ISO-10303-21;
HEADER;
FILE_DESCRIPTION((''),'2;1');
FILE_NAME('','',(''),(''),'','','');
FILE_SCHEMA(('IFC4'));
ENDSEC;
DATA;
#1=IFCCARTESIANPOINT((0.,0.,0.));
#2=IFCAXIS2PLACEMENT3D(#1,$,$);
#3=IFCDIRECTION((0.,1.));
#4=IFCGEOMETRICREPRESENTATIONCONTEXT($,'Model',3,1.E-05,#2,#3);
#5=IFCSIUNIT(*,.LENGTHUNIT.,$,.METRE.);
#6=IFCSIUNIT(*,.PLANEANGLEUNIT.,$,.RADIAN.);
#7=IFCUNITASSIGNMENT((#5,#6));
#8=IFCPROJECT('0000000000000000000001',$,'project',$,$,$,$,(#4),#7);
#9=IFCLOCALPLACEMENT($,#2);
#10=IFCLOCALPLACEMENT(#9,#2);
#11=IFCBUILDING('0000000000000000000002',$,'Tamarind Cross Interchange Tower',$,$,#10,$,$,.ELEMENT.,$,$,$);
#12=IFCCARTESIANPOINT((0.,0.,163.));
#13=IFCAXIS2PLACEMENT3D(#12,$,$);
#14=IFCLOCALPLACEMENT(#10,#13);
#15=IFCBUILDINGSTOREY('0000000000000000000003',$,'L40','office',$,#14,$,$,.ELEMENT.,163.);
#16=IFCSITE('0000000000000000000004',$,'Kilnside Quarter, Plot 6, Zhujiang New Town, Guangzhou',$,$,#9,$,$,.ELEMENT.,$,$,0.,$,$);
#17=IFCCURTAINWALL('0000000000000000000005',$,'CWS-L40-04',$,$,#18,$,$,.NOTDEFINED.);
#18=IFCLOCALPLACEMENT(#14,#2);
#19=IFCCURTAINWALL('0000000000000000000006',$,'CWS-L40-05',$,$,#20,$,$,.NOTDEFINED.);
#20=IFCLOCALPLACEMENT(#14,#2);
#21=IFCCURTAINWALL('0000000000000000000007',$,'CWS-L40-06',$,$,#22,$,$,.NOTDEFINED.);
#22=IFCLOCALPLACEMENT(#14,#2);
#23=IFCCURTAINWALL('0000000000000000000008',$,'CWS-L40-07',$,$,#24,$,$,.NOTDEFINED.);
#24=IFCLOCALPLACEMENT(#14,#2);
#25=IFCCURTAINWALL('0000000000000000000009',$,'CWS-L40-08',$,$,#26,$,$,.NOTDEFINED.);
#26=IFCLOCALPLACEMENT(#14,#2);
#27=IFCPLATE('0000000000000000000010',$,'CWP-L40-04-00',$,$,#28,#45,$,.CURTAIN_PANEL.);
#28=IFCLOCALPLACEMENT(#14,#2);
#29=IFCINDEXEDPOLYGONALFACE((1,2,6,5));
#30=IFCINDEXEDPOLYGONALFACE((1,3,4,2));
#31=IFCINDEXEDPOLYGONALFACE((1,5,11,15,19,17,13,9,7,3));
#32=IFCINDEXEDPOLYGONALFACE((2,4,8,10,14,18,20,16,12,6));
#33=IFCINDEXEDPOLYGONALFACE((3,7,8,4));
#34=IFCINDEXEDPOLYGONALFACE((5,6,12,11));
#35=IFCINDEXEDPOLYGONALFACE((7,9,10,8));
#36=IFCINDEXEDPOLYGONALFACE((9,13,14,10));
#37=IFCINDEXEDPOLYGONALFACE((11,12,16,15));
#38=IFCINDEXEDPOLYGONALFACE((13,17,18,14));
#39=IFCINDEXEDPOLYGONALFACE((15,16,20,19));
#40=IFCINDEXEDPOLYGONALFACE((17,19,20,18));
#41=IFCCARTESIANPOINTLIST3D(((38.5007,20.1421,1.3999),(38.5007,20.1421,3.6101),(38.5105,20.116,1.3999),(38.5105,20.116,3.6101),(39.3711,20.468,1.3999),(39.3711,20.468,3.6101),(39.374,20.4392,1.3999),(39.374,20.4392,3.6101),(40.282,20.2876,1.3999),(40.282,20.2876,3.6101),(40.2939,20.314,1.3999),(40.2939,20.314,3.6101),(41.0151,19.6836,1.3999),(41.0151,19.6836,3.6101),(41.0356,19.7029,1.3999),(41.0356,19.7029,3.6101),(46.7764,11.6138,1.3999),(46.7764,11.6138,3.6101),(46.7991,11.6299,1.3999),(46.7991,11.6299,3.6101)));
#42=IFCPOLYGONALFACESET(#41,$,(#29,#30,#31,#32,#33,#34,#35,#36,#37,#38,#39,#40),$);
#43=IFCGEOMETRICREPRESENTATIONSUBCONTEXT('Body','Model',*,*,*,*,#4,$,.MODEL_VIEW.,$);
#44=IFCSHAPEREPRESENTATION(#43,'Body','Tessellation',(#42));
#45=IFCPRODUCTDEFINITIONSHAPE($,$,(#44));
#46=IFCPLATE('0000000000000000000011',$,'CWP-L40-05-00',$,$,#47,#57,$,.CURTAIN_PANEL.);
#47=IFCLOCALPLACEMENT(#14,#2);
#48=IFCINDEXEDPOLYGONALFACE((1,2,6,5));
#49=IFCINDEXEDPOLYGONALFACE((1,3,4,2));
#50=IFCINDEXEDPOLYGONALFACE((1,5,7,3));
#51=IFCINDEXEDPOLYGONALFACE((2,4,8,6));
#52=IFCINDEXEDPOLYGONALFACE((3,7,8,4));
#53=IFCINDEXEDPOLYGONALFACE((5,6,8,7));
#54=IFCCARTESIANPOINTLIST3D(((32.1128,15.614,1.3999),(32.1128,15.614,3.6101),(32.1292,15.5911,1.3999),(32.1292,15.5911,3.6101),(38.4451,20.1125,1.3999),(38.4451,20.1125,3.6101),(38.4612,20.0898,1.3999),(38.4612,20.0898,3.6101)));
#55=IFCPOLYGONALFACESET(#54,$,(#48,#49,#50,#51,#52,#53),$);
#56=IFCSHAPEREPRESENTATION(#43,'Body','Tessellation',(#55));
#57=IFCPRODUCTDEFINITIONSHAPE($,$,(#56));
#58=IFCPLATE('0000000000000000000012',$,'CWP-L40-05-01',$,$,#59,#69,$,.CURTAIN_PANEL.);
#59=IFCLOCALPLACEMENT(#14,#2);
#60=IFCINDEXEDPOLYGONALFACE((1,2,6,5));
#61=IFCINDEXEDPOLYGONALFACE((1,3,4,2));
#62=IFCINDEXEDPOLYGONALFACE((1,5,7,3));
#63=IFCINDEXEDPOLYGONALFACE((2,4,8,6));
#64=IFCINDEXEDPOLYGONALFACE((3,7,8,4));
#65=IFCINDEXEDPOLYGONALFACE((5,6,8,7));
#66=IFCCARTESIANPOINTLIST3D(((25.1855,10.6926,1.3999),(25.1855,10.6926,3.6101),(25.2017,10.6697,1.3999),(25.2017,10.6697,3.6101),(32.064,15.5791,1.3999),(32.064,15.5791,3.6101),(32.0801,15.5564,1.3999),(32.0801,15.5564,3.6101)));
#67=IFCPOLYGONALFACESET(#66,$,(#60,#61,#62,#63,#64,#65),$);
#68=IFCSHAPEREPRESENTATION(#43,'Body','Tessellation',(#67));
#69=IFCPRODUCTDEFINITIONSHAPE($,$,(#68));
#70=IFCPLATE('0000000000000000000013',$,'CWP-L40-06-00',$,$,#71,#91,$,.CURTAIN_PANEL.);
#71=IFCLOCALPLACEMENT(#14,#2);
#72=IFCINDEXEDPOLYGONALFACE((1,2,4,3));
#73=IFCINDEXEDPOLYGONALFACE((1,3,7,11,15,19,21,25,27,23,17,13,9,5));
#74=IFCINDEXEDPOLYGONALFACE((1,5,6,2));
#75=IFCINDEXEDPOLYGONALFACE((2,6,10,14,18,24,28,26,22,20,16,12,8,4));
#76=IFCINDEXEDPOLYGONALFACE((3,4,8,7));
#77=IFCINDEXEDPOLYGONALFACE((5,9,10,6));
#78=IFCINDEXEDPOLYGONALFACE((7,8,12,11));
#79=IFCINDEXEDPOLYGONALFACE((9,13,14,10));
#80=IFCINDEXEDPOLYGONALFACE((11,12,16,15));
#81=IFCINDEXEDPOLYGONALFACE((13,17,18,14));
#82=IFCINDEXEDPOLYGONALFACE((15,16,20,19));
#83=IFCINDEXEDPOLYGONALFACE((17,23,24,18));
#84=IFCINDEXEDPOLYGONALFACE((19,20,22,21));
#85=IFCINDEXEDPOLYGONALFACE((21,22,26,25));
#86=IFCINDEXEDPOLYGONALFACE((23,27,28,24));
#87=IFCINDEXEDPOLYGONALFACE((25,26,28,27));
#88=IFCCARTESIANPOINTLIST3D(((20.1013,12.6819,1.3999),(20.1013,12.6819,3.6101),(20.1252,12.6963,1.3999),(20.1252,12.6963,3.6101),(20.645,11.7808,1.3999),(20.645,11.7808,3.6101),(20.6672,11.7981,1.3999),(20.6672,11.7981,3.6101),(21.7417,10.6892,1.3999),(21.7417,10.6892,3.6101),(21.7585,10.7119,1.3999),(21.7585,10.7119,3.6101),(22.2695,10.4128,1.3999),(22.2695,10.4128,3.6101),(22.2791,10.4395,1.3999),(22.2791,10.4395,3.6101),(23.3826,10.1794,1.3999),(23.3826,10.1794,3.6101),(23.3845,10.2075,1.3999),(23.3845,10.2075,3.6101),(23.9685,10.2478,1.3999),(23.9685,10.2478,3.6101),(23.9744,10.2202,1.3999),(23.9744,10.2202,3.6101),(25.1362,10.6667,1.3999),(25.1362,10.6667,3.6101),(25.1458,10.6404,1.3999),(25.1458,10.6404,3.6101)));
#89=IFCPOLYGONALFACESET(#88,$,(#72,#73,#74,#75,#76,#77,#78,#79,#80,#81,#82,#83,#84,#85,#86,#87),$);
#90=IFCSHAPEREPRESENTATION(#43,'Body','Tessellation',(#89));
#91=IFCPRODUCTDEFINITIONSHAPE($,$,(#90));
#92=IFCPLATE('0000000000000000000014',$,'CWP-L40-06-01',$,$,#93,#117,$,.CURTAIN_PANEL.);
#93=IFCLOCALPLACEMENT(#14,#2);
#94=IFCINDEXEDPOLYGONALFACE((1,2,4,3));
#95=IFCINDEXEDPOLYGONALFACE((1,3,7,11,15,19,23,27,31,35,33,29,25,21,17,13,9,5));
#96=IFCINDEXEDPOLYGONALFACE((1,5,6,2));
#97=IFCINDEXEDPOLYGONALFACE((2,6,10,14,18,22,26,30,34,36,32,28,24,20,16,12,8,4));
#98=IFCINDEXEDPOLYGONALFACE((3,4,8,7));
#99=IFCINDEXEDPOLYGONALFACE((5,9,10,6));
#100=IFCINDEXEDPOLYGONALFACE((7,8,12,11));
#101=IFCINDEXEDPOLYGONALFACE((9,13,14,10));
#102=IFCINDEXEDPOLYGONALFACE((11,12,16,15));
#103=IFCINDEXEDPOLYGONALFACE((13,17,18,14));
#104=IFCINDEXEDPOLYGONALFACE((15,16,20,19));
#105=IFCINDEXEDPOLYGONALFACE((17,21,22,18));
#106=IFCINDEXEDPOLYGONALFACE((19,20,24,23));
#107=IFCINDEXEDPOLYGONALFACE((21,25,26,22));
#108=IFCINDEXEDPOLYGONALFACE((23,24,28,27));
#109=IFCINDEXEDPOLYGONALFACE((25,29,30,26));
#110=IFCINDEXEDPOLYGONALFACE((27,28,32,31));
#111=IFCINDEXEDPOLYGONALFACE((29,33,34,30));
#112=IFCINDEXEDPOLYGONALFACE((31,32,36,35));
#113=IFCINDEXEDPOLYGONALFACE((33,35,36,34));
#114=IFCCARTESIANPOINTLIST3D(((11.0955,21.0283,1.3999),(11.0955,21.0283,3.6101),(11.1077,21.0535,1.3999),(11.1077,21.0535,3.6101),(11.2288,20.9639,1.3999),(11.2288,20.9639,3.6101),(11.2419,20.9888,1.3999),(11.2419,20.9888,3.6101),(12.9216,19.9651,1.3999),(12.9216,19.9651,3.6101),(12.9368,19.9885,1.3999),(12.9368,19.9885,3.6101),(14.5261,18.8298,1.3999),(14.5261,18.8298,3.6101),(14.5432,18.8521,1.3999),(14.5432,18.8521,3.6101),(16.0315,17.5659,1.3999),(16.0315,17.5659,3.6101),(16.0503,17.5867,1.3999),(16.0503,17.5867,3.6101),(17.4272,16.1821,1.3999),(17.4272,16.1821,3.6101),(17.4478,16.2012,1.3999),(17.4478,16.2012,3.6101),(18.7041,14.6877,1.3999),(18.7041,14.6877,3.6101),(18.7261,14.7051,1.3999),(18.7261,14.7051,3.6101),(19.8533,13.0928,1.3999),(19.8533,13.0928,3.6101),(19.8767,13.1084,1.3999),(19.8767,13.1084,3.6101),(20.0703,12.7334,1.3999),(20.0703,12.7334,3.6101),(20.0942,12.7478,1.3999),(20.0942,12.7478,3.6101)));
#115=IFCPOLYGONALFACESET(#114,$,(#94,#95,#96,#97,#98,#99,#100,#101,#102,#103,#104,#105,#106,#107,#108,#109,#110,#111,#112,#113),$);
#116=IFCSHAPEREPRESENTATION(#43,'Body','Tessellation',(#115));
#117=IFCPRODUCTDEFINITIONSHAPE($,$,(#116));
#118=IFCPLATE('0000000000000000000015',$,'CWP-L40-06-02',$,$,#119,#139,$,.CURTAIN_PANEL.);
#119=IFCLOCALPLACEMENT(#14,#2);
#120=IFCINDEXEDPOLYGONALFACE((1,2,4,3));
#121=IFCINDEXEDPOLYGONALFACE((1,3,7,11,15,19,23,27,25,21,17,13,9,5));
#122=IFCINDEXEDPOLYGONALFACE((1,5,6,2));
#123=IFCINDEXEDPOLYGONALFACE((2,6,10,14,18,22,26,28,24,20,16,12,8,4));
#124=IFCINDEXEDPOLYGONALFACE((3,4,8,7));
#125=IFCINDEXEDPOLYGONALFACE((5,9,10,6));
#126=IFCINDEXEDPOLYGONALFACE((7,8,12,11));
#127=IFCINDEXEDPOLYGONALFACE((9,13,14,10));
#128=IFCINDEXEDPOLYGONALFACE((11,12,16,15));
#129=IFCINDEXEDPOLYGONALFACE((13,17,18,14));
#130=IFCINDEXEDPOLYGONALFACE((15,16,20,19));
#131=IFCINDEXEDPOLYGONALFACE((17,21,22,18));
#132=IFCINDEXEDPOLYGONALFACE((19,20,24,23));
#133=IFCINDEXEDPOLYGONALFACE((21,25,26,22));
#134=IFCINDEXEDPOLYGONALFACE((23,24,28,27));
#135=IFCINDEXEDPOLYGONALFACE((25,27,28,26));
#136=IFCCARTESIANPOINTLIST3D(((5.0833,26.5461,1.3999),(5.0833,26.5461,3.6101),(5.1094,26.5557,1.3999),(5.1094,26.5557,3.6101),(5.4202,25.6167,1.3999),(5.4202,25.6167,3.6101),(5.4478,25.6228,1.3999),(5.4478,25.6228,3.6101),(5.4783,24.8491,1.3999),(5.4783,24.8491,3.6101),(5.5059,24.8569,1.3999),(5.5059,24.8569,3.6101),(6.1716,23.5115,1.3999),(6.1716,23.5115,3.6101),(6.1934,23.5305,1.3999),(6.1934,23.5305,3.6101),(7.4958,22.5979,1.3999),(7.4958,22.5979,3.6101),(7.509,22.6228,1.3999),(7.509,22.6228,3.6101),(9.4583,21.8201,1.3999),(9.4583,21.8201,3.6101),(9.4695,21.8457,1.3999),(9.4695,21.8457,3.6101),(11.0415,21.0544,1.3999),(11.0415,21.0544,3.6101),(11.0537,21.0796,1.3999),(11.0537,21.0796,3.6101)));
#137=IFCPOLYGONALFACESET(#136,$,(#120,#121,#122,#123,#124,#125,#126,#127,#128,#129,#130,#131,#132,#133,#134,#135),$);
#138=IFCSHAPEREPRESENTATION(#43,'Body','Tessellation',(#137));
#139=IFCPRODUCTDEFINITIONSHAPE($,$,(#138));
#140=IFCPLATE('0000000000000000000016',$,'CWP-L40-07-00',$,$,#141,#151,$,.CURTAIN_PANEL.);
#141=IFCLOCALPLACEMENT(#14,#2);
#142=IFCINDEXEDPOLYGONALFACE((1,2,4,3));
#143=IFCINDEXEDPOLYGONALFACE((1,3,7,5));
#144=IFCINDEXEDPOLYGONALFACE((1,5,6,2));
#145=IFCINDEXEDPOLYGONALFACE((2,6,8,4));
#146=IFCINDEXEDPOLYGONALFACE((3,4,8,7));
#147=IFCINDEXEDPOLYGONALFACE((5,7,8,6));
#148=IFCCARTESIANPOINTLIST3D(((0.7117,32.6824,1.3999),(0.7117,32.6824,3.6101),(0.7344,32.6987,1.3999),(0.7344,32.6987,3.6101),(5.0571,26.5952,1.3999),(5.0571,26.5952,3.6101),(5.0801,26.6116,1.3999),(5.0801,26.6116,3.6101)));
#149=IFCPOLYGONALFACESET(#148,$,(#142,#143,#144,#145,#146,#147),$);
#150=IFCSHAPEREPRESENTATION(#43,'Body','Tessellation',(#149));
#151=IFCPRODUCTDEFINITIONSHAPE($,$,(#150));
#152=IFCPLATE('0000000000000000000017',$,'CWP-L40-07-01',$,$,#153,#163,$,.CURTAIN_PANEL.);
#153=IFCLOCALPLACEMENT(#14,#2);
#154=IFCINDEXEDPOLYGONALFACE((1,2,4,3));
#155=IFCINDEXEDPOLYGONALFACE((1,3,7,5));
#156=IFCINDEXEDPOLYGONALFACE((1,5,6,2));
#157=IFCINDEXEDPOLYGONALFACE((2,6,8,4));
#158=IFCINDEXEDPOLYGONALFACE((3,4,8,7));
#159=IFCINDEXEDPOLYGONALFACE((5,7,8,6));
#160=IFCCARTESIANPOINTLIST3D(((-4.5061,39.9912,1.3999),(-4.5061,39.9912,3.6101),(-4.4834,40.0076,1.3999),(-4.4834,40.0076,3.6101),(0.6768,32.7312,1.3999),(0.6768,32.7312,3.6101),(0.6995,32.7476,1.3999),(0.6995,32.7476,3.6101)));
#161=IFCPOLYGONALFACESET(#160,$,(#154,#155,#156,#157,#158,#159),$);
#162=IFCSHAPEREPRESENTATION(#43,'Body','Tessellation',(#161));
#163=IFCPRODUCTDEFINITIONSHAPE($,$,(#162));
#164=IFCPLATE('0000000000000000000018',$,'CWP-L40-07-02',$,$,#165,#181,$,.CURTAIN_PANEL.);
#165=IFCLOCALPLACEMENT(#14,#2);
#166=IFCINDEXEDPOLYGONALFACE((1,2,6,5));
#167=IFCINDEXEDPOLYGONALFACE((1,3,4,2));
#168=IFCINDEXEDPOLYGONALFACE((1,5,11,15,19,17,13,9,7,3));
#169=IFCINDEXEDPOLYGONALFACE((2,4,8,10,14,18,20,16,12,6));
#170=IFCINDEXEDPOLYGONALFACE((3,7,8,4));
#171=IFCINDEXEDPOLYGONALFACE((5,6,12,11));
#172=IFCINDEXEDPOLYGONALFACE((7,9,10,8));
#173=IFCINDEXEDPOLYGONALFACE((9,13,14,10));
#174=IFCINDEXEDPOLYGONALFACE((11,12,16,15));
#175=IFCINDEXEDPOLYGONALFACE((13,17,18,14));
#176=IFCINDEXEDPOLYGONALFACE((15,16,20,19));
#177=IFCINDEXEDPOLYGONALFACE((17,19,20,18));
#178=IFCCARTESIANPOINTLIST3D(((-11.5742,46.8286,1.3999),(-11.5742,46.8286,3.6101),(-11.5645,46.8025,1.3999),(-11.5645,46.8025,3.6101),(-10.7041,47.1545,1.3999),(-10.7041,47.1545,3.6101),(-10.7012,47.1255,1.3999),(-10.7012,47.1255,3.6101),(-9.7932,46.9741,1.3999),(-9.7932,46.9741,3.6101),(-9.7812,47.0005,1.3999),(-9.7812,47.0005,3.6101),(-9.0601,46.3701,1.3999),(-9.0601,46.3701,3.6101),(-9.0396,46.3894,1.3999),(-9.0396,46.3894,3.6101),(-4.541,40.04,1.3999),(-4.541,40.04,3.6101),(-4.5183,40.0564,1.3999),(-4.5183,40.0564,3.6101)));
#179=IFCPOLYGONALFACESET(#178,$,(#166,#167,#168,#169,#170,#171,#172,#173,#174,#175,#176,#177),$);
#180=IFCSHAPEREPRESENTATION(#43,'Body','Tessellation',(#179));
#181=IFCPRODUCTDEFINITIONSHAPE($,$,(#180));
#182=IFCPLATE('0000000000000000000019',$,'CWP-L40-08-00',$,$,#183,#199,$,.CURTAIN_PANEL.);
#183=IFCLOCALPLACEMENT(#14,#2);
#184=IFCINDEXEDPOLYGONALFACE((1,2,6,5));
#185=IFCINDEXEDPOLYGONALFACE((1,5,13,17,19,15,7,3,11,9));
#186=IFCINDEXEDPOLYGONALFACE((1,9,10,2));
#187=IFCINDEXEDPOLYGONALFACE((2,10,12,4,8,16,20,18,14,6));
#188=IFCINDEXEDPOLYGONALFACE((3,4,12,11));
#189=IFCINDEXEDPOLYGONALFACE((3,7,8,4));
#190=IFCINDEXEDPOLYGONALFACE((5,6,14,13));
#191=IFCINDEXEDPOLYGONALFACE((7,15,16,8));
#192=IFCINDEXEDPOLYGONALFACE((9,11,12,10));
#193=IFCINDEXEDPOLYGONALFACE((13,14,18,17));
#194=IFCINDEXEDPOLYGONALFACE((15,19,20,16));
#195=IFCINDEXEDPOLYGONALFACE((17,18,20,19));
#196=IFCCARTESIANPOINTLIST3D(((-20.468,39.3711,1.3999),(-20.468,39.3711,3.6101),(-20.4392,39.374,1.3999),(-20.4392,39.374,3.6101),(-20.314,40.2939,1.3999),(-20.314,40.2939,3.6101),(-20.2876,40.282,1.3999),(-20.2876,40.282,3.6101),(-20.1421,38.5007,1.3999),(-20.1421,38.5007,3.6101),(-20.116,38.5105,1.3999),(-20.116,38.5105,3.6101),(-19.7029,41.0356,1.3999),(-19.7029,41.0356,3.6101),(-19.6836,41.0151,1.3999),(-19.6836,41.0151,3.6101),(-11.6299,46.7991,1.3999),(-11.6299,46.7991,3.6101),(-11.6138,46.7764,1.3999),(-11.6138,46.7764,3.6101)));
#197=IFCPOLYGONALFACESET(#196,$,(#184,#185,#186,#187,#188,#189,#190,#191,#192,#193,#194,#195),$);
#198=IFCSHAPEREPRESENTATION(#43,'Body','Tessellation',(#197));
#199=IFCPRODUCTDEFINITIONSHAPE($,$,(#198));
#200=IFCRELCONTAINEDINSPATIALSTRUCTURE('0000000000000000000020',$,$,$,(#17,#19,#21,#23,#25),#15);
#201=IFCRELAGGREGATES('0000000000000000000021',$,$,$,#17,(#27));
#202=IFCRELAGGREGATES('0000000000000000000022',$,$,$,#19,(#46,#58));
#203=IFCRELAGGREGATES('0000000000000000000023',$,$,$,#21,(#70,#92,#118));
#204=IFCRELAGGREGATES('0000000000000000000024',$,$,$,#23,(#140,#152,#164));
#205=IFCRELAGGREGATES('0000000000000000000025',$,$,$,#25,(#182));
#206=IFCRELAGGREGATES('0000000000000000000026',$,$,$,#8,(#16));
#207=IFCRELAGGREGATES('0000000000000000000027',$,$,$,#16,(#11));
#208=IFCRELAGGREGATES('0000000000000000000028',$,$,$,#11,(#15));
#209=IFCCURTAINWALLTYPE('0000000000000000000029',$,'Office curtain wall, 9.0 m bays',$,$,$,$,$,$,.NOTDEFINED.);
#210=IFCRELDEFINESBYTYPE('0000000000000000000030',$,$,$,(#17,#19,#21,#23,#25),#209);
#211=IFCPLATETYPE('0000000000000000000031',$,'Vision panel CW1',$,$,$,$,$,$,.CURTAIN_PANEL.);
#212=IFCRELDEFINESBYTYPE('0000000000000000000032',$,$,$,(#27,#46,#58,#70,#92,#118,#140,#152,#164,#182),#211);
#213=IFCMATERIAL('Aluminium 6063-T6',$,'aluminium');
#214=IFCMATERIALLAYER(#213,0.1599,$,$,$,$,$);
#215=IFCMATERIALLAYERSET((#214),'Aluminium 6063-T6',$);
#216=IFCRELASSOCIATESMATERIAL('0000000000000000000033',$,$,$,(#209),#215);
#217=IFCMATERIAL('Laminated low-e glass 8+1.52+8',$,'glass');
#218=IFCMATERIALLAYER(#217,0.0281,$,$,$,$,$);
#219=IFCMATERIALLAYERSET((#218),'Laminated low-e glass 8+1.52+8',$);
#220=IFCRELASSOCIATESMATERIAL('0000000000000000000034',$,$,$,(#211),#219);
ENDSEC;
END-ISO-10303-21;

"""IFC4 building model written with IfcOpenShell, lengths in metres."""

from ifc_helpers import new_model, si_unit, direction, frame, origin, place, context, subcontext, project, spatial, polyline, outline, extrude, material, layer, layer_set, type_object, element, aggregate, save


model = new_model("IFC4")

# Units and contexts
model_context = context("Model", 3, precision=1e-05, world=origin(), true_north=direction((0.0, 1.0)))
body_context = subcontext(model_context, "Body", "Model", "MODEL_VIEW")
ifc_project = project(units=[si_unit("LENGTHUNIT", "METRE"), si_unit("PLANEANGLEUNIT", "RADIAN")], contexts=[model_context])

# Site, building, storey
site_placement = place(None, origin())
site = spatial("IfcSite", under=ifc_project, at=site_placement, Name="Kilnside Quarter, Plot 6, Zhujiang New Town, Guangzhou", CompositionType="ELEMENT", RefElevation=0.0)
building_placement = place(site_placement, origin())
building = spatial("IfcBuilding", under=site, at=building_placement, Name="Tamarind Cross Interchange Tower", CompositionType="ELEMENT")
storey_placement = place(building_placement, frame((0.0, 0.0, 163.0)))
storey = spatial("IfcBuildingStorey", under=building, at=storey_placement, Name="L40", Description="office", CompositionType="ELEMENT", Elevation=163.0)

# Curtain walls
ifc_material_1 = material(Name="Aluminium 6063-T6", Category="aluminium")
ifc_layer_1 = layer(ifc_material_1, 0.1599)
ifc_layer_set_1 = layer_set([ifc_layer_1], Name="Aluminium 6063-T6")
curtain_wall_type = type_object("IfcCurtainWallType", Name="Office curtain wall, 9.0 m bays", PredefinedType="NOTDEFINED", material=ifc_layer_set_1)
curtain_wall_1_placement = place(storey_placement, origin())
curtain_wall_1 = element("IfcCurtainWall", 1, at=curtain_wall_1_placement, inside=storey, type_object=curtain_wall_type, Name="CWS-L40-04", PredefinedType="NOTDEFINED")
curtain_wall_2_placement = place(storey_placement, origin())
curtain_wall_2 = element("IfcCurtainWall", 2, at=curtain_wall_2_placement, inside=storey, type_object=curtain_wall_type, Name="CWS-L40-05", PredefinedType="NOTDEFINED")
curtain_wall_3_placement = place(storey_placement, origin())
curtain_wall_3 = element("IfcCurtainWall", 3, at=curtain_wall_3_placement, inside=storey, type_object=curtain_wall_type, Name="CWS-L40-06", PredefinedType="NOTDEFINED")
curtain_wall_4_placement = place(storey_placement, origin())
curtain_wall_4 = element("IfcCurtainWall", 4, at=curtain_wall_4_placement, inside=storey, type_object=curtain_wall_type, Name="CWS-L40-07", PredefinedType="NOTDEFINED")
curtain_wall_5_placement = place(storey_placement, origin())
curtain_wall_5 = element("IfcCurtainWall", 5, at=curtain_wall_5_placement, inside=storey, type_object=curtain_wall_type, Name="CWS-L40-08", PredefinedType="NOTDEFINED")

# Plates
ifc_material_2 = material(Name="Laminated low-e glass 8+1.52+8", Category="glass")
ifc_layer_2 = layer(ifc_material_2, 0.0281)
ifc_layer_set_2 = layer_set([ifc_layer_2], Name="Laminated low-e glass 8+1.52+8")
plate_type = type_object("IfcPlateType", Name="Vision panel CW1", PredefinedType="CURTAIN_PANEL", material=ifc_layer_set_2)
plate_1_placement = place(storey_placement, frame((0.0, 0.0, 1.3999)))
plate_1 = element("IfcPlate", 6, at=plate_1_placement, type_object=plate_type, Name="CWP-L40-04-00", PredefinedType="CURTAIN_PANEL", context=body_context, shape_type="SweptSolid", body=[
    extrude(outline(polyline([(46.7764, 11.6138), (41.0151, 19.6836), (40.282, 20.2876), (39.374, 20.4392), (38.5105, 20.116), (38.5007, 20.1421), (39.3711, 20.468), (40.2939, 20.314), (41.0356, 19.7029), (46.7991, 11.6299), (46.7764, 11.6138)])), origin(), (0.0, 0.0, 1.0), 2.2102),
])
aggregate(curtain_wall_1, [plate_1])
plate_2_placement = place(storey_placement, frame((0.0, 0.0, 1.3999)))
plate_2 = element("IfcPlate", 7, at=plate_2_placement, type_object=plate_type, Name="CWP-L40-05-00", PredefinedType="CURTAIN_PANEL", context=body_context, shape_type="SweptSolid", body=[
    extrude(outline(polyline([(38.4612, 20.0898), (32.1292, 15.5911), (32.1128, 15.614), (38.4451, 20.1125), (38.4612, 20.0898)])), origin(), (0.0, 0.0, 1.0), 2.2102),
])
plate_3_placement = place(storey_placement, frame((0.0, 0.0, 1.3999)))
plate_3 = element("IfcPlate", 8, at=plate_3_placement, type_object=plate_type, Name="CWP-L40-05-01", PredefinedType="CURTAIN_PANEL", context=body_context, shape_type="SweptSolid", body=[
    extrude(outline(polyline([(32.0801, 15.5564), (25.2017, 10.6697), (25.1855, 10.6926), (32.064, 15.5791), (32.0801, 15.5564)])), origin(), (0.0, 0.0, 1.0), 2.2102),
])
aggregate(curtain_wall_2, [plate_2, plate_3])
plate_4_placement = place(storey_placement, frame((0.0, 0.0, 1.3999)))
plate_4 = element("IfcPlate", 9, at=plate_4_placement, type_object=plate_type, Name="CWP-L40-06-00", PredefinedType="CURTAIN_PANEL", context=body_context, shape_type="SweptSolid", body=[
    extrude(outline(polyline([(25.1458, 10.6404), (23.9744, 10.2202), (23.3826, 10.1794), (22.2695, 10.4128), (21.7417, 10.6892), (20.645, 11.7808), (20.1013, 12.6819), (20.1252, 12.6963), (20.6672, 11.7981), (21.7585, 10.7119), (22.2791, 10.4395), (23.3845, 10.2075), (23.9685, 10.2478), (25.1362, 10.6667), (25.1458, 10.6404)])), origin(), (0.0, 0.0, 1.0), 2.2102),
])
plate_5_placement = place(storey_placement, frame((0.0, 0.0, 1.3999)))
plate_5 = element("IfcPlate", 10, at=plate_5_placement, type_object=plate_type, Name="CWP-L40-06-01", PredefinedType="CURTAIN_PANEL", context=body_context, shape_type="SweptSolid", body=[
    extrude(outline(polyline([(20.0703, 12.7334), (19.8533, 13.0928), (18.7041, 14.6877), (17.4272, 16.1821), (16.0315, 17.5659), (14.5261, 18.8298), (12.9216, 19.9651), (11.2288, 20.9639), (11.0955, 21.0283), (11.1077, 21.0535), (11.2419, 20.9888), (12.9368, 19.9885), (14.5432, 18.8521), (16.0503, 17.5867), (17.4478, 16.2012), (18.7261, 14.7051), (19.8767, 13.1084), (20.0942, 12.7478), (20.0703, 12.7334)])), origin(), (0.0, 0.0, 1.0), 2.2102),
])
plate_6_placement = place(storey_placement, frame((0.0, 0.0, 1.3999)))
plate_6 = element("IfcPlate", 11, at=plate_6_placement, type_object=plate_type, Name="CWP-L40-06-02", PredefinedType="CURTAIN_PANEL", context=body_context, shape_type="SweptSolid", body=[
    extrude(outline(polyline([(11.0415, 21.0544), (9.4583, 21.8201), (7.4958, 22.5979), (6.1716, 23.5115), (5.4783, 24.8491), (5.4202, 25.6167), (5.0833, 26.5461), (5.1094, 26.5557), (5.4478, 25.6228), (5.5059, 24.8569), (6.1934, 23.5305), (7.509, 22.6228), (9.4695, 21.8457), (11.0537, 21.0796), (11.0415, 21.0544)])), origin(), (0.0, 0.0, 1.0), 2.2102),
])
aggregate(curtain_wall_3, [plate_4, plate_5, plate_6])
plate_7_placement = place(storey_placement, frame((0.0, 0.0, 1.3999)))
plate_7 = element("IfcPlate", 12, at=plate_7_placement, type_object=plate_type, Name="CWP-L40-07-00", PredefinedType="CURTAIN_PANEL", context=body_context, shape_type="SweptSolid", body=[
    extrude(outline(polyline([(5.0571, 26.5952), (0.7117, 32.6824), (0.7344, 32.6987), (5.0801, 26.6116), (5.0571, 26.5952)])), origin(), (0.0, 0.0, 1.0), 2.2102),
])
plate_8_placement = place(storey_placement, frame((0.0, 0.0, 1.3999)))
plate_8 = element("IfcPlate", 13, at=plate_8_placement, type_object=plate_type, Name="CWP-L40-07-01", PredefinedType="CURTAIN_PANEL", context=body_context, shape_type="SweptSolid", body=[
    extrude(outline(polyline([(0.6768, 32.7312), (-4.5061, 39.9912), (-4.4834, 40.0076), (0.6995, 32.7476), (0.6768, 32.7312)])), origin(), (0.0, 0.0, 1.0), 2.2102),
])
plate_9_placement = place(storey_placement, frame((0.0, 0.0, 1.3999)))
plate_9 = element("IfcPlate", 14, at=plate_9_placement, type_object=plate_type, Name="CWP-L40-07-02", PredefinedType="CURTAIN_PANEL", context=body_context, shape_type="SweptSolid", body=[
    extrude(outline(polyline([(-4.541, 40.04), (-9.0601, 46.3701), (-9.7932, 46.9741), (-10.7012, 47.1255), (-11.5645, 46.8025), (-11.5742, 46.8286), (-10.7041, 47.1545), (-9.7812, 47.0005), (-9.0396, 46.3894), (-4.5183, 40.0564), (-4.541, 40.04)])), origin(), (0.0, 0.0, 1.0), 2.2102),
])
aggregate(curtain_wall_4, [plate_7, plate_8, plate_9])
plate_10_placement = place(storey_placement, frame((0.0, 0.0, 1.3999)))
plate_10 = element("IfcPlate", 15, at=plate_10_placement, type_object=plate_type, Name="CWP-L40-08-00", PredefinedType="CURTAIN_PANEL", context=body_context, shape_type="SweptSolid", body=[
    extrude(outline(polyline([(-11.6138, 46.7764), (-19.6836, 41.0151), (-20.2876, 40.282), (-20.4392, 39.374), (-20.116, 38.5105), (-20.1421, 38.5007), (-20.468, 39.3711), (-20.314, 40.2939), (-19.7029, 41.0356), (-11.6299, 46.7991), (-11.6138, 46.7764)])), origin(), (0.0, 0.0, 1.0), 2.2102),
])
aggregate(curtain_wall_5, [plate_10])

save(model, "model.ifc")
